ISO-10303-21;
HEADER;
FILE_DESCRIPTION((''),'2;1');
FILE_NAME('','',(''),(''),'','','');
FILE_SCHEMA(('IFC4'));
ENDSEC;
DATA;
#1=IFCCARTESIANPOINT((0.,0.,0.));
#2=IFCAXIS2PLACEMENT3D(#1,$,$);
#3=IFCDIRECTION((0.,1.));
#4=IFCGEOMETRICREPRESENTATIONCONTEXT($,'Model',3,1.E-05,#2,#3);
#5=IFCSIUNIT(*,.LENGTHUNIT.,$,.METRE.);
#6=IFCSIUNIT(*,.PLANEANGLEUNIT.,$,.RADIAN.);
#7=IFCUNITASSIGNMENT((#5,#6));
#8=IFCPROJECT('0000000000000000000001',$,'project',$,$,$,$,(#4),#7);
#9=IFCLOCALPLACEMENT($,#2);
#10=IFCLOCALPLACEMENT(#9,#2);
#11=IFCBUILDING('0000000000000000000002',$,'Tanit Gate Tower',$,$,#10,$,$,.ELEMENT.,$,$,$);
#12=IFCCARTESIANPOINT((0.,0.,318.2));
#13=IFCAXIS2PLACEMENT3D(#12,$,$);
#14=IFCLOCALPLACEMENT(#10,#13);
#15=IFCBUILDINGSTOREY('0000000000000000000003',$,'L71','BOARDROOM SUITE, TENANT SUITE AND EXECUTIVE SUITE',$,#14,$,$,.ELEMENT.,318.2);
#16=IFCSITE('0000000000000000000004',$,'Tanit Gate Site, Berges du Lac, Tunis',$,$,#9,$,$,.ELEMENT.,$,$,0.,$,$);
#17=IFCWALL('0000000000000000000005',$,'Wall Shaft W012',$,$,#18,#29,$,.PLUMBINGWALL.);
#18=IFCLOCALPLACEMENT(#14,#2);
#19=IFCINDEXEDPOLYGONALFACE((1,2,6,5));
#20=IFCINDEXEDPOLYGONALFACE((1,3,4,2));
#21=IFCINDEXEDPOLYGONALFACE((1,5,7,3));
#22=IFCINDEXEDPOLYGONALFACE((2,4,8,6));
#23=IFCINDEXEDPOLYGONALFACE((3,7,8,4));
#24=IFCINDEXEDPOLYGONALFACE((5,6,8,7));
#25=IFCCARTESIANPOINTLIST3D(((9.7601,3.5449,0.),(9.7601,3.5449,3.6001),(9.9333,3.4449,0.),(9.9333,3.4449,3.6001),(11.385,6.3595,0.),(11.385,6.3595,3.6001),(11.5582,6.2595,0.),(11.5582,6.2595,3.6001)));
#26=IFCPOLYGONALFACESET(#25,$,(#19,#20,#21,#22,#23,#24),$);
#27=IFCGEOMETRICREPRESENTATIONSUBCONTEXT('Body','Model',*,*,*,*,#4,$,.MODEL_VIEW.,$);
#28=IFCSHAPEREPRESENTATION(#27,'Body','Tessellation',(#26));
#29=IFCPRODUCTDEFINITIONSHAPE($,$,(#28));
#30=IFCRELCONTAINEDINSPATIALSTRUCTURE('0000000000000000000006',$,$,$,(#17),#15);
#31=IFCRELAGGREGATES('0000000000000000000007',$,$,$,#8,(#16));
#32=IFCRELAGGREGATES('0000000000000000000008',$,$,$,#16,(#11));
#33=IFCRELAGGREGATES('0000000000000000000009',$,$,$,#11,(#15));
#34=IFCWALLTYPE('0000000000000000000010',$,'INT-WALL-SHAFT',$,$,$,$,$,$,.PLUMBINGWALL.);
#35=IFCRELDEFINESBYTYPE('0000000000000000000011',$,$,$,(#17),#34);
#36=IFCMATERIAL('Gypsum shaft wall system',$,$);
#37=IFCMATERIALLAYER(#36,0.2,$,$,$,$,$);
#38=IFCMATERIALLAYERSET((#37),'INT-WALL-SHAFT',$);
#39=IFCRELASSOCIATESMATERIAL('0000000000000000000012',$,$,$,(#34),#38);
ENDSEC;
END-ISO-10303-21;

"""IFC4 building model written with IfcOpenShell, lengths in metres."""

from ifc_helpers import new_model, si_unit, direction, frame, frame_2d, origin, place, context, subcontext, project, spatial, rectangle, extrude, material, layer, layer_set, type_object, element, save


model = new_model("IFC4")

# Units and contexts
model_context = context("Model", 3, precision=1e-05, world=origin(), true_north=direction((0.0, 1.0)))
body_context = subcontext(model_context, "Body", "Model", "MODEL_VIEW")
ifc_project = project(units=[si_unit("LENGTHUNIT", "METRE"), si_unit("PLANEANGLEUNIT", "RADIAN")], contexts=[model_context])

# Site, building, storey
site_placement = place(None, origin())
site = spatial("IfcSite", under=ifc_project, at=site_placement, Name="Tanit Gate Site, Berges du Lac, Tunis", CompositionType="ELEMENT", RefElevation=0.0)
building_placement = place(site_placement, origin())
building = spatial("IfcBuilding", under=site, at=building_placement, Name="Tanit Gate Tower", CompositionType="ELEMENT")
storey_placement = place(building_placement, frame((0.0, 0.0, 318.2)))
storey = spatial("IfcBuildingStorey", under=building, at=storey_placement, Name="L71", Description="BOARDROOM SUITE, TENANT SUITE AND EXECUTIVE SUITE", CompositionType="ELEMENT", Elevation=318.2)

# Wall
ifc_material_1 = material(Name="Gypsum shaft wall system")
ifc_layer_1 = layer(ifc_material_1, 0.2)
ifc_layer_set_1 = layer_set([ifc_layer_1], Name="INT-WALL-SHAFT")
wall_type_1 = type_object("IfcWallType", Name="INT-WALL-SHAFT", PredefinedType="PLUMBINGWALL", material=ifc_layer_set_1)
wall_1_placement = place(storey_placement, frame((9.8467, 3.4949, 0.0), z_axis=(0.0, 0.0, 1.0), x_axis=(0.499985, 0.866034, 0.0)))
element("IfcWall", 1, at=wall_1_placement, inside=storey, type_object=wall_type_1, Name="Wall Shaft W012", PredefinedType="PLUMBINGWALL", context=body_context, shape_type="SweptSolid", body=[
    extrude(rectangle(XDim=3.25, YDim=0.2, at=frame_2d((1.625, 0.0))), origin(), (0.0, 0.0, 1.0), 3.6001),
])

save(model, "model.ifc")
